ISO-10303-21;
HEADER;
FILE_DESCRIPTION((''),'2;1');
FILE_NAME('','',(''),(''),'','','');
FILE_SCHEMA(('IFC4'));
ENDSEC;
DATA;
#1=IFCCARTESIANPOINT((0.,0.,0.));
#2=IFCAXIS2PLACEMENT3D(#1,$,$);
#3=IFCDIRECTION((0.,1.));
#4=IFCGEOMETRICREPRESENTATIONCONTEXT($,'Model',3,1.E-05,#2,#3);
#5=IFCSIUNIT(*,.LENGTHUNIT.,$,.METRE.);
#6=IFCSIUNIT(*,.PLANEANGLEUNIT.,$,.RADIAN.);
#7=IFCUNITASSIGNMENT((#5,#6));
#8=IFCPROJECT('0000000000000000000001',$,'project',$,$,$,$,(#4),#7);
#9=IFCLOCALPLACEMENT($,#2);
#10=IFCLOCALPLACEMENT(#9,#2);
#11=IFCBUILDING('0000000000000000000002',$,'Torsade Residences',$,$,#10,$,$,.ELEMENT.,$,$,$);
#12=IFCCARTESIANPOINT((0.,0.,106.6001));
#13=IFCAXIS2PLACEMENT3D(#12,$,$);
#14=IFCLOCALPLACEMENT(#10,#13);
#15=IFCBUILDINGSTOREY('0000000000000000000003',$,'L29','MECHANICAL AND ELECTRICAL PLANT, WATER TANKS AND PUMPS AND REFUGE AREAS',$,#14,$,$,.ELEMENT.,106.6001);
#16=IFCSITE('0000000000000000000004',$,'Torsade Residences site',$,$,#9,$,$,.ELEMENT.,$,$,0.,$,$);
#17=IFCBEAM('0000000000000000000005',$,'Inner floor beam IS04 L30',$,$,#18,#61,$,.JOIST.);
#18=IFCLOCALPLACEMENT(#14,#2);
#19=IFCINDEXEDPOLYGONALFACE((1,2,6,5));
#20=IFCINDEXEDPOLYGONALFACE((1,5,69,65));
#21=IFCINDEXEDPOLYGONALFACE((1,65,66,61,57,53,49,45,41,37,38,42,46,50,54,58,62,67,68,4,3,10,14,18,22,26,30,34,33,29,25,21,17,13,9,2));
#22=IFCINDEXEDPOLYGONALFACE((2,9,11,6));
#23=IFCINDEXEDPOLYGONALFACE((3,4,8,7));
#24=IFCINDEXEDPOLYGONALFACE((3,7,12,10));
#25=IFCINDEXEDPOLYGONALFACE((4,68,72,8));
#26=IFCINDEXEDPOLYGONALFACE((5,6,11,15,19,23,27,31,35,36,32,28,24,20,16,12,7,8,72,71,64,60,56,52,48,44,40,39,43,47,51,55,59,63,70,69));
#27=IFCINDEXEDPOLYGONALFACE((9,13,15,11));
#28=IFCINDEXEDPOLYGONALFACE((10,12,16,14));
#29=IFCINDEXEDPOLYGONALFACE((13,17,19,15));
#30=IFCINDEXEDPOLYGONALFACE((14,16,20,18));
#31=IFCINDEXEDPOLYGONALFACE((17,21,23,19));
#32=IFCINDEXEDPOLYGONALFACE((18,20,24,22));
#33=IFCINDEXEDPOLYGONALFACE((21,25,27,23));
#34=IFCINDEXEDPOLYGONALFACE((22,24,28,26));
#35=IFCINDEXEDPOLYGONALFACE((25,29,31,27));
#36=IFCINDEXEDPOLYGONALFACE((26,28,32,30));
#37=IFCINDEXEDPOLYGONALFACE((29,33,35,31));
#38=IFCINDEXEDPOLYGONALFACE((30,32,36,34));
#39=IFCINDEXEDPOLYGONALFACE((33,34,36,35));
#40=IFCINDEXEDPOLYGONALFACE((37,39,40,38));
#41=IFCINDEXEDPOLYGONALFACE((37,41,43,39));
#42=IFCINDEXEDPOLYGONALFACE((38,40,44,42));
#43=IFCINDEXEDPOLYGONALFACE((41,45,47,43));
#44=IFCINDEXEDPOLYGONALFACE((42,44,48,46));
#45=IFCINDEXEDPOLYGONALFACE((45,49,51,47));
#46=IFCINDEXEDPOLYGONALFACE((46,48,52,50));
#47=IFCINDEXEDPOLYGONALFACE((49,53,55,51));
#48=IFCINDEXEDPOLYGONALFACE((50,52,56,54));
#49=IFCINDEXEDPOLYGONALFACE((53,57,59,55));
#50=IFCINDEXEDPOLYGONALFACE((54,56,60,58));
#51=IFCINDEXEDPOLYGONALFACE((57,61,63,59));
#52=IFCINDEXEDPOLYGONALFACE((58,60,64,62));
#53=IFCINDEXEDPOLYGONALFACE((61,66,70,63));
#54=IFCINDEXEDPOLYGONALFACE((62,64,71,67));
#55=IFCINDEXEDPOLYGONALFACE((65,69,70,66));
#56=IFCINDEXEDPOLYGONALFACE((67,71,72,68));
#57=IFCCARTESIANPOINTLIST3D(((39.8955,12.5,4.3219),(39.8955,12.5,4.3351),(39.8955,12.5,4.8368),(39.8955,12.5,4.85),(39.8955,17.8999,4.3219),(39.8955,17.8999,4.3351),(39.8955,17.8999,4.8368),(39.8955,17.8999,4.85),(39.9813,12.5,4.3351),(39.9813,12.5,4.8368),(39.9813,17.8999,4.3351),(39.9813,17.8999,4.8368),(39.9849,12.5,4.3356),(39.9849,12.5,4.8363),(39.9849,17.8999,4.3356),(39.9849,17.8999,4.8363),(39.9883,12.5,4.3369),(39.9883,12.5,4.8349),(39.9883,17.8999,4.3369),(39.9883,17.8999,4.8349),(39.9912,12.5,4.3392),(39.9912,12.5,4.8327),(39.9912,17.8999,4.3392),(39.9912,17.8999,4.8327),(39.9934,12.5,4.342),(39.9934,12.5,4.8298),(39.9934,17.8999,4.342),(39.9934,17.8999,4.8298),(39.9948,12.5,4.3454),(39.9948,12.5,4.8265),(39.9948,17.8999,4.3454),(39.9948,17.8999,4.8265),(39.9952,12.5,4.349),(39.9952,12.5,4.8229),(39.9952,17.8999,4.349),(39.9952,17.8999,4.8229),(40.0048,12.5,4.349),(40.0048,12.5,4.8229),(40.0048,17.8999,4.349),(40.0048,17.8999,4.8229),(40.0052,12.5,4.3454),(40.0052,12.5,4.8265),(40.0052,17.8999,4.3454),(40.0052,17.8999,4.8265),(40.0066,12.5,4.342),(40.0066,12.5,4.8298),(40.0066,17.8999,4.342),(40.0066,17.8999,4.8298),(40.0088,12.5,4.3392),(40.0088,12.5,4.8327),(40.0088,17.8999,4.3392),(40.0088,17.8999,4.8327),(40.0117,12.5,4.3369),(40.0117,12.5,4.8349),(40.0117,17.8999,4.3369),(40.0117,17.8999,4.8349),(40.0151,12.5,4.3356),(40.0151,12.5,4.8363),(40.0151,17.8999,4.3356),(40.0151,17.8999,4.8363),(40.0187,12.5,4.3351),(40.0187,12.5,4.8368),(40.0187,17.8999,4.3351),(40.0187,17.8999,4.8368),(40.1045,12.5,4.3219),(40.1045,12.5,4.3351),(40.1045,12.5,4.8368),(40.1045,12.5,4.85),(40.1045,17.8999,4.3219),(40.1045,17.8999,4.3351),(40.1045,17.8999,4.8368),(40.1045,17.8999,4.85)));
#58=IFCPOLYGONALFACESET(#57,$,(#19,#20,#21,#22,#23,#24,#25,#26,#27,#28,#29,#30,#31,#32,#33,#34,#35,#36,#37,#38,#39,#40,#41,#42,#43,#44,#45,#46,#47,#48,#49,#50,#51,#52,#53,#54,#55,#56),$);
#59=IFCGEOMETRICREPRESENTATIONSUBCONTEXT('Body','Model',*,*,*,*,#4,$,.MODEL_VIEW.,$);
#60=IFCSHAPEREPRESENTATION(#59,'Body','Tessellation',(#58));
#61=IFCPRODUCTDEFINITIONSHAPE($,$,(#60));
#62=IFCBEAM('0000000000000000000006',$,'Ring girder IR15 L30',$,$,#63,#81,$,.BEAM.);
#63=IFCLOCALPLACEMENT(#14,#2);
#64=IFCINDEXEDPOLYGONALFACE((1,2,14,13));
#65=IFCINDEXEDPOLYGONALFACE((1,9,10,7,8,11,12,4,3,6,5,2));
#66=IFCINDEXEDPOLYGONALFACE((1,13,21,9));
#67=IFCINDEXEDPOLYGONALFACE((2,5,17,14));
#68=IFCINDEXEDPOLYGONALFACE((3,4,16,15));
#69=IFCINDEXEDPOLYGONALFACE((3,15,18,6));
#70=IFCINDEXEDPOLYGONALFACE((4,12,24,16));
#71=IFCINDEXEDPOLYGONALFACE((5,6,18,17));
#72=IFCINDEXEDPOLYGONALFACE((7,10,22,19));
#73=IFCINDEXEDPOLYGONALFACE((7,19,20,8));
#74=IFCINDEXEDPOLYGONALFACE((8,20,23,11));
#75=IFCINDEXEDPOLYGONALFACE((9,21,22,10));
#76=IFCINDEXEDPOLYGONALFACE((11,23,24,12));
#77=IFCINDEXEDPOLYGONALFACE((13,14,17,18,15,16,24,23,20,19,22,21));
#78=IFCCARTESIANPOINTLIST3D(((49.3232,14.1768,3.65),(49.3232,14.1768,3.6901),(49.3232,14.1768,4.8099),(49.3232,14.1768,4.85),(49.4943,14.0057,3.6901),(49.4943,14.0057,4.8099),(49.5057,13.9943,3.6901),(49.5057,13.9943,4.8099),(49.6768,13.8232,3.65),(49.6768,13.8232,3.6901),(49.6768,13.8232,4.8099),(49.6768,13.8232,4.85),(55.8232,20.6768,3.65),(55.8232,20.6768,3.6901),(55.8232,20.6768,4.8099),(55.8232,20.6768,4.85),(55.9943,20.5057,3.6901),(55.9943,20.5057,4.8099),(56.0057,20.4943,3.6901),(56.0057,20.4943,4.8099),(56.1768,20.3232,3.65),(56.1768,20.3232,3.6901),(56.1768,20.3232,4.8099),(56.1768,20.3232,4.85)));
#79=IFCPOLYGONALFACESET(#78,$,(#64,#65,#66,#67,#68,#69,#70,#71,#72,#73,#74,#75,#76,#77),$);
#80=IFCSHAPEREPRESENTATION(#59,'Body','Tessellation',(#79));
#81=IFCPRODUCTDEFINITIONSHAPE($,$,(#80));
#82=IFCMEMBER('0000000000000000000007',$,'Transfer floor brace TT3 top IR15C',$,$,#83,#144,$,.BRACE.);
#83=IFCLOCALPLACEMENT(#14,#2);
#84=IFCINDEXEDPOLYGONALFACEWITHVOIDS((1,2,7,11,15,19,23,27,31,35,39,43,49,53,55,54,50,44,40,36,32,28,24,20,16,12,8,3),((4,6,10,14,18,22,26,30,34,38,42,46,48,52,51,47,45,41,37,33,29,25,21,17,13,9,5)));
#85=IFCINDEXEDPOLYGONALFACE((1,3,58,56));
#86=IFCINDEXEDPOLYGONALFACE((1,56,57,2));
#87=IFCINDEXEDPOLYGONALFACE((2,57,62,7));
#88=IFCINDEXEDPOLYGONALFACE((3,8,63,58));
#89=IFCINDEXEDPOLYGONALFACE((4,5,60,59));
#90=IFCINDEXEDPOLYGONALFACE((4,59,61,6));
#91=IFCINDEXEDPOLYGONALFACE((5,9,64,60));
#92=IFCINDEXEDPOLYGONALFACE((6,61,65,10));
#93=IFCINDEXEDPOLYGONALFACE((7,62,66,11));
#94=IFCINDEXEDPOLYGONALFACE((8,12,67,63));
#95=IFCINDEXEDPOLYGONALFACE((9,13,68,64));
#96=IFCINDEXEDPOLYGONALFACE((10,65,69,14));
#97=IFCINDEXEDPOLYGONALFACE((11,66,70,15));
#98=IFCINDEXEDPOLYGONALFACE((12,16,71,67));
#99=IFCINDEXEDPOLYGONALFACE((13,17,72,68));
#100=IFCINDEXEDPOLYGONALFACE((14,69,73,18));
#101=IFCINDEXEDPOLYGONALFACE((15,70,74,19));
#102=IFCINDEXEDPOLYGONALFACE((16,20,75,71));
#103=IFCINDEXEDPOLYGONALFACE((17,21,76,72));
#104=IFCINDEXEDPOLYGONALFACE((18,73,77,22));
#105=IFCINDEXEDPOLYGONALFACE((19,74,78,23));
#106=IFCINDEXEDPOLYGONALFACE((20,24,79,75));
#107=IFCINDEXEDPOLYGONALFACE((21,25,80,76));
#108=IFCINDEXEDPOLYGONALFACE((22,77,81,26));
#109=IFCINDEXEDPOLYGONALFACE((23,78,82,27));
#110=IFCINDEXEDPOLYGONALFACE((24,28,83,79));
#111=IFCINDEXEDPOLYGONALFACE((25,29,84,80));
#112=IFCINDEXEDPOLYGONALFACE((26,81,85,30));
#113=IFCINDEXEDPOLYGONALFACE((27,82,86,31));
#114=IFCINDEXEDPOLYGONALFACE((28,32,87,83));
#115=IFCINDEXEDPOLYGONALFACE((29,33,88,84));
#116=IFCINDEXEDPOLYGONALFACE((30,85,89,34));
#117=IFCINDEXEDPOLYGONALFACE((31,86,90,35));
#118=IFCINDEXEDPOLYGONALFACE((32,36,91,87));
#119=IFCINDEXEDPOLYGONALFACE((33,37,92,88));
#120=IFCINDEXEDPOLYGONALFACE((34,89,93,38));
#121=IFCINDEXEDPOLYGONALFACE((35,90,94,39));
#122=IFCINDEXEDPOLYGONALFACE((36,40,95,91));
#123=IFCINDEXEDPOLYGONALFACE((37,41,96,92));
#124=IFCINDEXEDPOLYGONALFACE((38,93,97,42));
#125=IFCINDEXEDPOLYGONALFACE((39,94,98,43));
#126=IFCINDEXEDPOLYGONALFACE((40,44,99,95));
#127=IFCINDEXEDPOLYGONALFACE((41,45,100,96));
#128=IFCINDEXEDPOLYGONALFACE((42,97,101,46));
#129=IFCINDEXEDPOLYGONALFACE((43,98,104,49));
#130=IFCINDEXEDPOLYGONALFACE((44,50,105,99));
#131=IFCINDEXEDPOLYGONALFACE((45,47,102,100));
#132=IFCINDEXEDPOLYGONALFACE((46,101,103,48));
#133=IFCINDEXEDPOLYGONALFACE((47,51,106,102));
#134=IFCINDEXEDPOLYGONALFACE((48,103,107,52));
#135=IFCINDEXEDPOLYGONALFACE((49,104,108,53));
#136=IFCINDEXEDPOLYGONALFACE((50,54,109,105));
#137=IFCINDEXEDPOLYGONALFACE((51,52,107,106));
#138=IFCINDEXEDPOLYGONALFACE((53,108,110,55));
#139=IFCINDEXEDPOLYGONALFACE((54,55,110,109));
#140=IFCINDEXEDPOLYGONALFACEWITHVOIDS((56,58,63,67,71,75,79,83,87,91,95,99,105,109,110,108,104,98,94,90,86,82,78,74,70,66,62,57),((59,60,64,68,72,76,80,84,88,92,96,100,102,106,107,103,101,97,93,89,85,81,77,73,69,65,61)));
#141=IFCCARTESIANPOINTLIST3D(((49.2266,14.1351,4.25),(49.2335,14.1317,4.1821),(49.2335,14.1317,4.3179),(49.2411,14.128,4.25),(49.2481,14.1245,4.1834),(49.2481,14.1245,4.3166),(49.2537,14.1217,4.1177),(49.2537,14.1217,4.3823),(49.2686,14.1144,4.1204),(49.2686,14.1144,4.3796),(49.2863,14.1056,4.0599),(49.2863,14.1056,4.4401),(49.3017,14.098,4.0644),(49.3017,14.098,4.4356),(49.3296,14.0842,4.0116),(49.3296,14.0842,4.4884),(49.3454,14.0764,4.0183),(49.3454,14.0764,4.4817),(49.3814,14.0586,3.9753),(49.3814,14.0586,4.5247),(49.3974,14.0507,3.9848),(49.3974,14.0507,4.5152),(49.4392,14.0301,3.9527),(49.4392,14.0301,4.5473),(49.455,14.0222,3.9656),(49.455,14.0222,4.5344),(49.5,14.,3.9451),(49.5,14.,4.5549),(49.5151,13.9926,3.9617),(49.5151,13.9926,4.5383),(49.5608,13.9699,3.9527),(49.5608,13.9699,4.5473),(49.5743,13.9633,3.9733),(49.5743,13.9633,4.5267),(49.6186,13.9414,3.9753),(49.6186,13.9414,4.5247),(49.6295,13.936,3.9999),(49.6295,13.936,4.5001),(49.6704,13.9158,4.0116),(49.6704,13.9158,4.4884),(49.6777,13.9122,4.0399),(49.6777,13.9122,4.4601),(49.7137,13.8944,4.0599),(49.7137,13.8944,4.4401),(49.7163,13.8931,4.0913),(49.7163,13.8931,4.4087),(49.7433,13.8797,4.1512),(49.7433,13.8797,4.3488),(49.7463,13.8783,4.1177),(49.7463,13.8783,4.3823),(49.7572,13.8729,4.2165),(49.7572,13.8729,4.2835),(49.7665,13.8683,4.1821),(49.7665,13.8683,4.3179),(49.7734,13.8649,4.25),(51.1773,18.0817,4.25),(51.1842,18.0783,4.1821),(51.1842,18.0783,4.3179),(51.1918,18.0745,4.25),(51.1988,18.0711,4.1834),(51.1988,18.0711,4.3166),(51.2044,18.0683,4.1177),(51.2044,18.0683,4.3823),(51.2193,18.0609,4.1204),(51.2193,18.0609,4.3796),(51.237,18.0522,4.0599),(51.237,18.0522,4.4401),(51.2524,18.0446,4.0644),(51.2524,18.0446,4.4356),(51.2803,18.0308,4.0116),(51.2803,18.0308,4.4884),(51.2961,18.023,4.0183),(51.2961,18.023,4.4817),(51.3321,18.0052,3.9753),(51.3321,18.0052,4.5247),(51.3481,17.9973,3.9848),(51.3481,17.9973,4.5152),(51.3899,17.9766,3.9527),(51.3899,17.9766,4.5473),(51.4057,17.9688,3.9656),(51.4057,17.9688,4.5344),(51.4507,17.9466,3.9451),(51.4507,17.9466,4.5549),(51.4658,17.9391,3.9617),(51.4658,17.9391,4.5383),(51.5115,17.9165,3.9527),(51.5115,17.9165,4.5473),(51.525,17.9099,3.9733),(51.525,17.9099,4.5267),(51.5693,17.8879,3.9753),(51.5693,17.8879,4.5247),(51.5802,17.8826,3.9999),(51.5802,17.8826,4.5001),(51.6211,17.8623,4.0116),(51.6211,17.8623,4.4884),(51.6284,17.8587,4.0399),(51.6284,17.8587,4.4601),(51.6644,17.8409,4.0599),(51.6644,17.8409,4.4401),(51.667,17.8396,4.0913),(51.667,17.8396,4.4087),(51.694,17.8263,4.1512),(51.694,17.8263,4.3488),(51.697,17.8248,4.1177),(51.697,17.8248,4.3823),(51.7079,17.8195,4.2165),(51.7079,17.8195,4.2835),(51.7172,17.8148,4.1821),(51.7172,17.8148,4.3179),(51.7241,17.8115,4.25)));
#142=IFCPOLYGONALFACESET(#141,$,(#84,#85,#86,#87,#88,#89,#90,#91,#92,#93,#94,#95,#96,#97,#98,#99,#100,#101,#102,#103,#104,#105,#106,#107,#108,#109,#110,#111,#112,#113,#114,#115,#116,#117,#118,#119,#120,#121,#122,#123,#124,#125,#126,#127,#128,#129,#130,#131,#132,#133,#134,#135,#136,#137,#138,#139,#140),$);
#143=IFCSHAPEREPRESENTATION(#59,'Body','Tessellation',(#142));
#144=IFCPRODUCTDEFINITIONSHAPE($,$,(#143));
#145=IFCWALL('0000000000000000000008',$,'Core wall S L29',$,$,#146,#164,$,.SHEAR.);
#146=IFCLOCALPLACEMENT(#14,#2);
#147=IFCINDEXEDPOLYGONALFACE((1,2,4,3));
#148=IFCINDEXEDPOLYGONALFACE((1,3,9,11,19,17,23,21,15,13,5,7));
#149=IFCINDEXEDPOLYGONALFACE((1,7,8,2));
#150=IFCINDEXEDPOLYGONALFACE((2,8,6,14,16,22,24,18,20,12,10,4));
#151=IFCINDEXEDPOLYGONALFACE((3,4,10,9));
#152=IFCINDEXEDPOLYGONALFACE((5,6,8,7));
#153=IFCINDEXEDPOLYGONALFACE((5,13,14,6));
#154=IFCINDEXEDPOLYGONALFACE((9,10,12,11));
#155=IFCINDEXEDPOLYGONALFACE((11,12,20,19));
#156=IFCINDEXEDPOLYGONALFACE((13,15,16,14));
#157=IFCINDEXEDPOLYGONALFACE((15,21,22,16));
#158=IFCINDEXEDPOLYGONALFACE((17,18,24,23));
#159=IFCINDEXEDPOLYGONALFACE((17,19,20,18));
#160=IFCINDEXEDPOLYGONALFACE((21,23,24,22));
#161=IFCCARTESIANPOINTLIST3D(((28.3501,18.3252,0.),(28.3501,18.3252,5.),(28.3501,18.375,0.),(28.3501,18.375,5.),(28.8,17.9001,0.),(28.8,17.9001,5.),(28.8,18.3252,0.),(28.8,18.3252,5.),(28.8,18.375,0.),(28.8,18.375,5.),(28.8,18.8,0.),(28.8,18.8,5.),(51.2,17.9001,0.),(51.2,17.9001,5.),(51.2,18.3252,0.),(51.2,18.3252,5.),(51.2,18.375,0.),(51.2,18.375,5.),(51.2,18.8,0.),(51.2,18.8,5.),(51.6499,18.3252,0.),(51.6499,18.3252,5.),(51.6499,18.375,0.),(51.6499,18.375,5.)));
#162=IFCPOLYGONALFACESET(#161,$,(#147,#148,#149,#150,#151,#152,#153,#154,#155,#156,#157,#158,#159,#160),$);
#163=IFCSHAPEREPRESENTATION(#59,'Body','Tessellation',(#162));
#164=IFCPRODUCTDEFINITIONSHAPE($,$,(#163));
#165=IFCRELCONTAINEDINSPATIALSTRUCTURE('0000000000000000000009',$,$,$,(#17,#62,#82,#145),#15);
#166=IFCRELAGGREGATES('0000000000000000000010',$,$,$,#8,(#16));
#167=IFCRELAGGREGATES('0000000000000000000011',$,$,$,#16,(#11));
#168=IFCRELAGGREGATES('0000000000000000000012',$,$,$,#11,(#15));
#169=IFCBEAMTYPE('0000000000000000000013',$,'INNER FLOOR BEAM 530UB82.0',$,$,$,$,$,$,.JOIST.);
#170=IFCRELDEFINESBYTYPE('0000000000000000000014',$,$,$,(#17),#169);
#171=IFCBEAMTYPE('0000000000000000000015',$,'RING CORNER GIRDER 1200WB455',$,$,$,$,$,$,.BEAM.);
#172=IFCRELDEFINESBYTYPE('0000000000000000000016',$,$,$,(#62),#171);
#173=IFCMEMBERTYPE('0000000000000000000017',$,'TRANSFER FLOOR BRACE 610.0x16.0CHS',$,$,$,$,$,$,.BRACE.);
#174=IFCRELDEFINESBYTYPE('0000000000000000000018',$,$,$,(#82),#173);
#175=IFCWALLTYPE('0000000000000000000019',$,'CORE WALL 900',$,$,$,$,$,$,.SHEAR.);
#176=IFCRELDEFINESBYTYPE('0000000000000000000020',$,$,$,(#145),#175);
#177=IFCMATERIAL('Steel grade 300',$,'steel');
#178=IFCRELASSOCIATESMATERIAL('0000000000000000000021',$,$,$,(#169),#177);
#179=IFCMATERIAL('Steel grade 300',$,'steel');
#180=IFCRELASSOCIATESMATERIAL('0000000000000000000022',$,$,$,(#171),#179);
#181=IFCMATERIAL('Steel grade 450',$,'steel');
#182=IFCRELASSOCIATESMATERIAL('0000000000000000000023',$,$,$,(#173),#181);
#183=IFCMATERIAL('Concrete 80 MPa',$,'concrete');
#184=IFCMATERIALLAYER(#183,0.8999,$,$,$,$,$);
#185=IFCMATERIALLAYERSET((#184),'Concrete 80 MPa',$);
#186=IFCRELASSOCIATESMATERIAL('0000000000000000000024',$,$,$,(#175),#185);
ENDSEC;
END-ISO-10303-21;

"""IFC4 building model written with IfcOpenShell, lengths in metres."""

from ifc_helpers import new_model, si_unit, direction, frame, origin, origin_2d, place, context, subcontext, project, spatial, polyline, hollow_circle, i_section, outline, extrude, material, layer, layer_set, material_profile, profile_set, type_object, element, save


model = new_model("IFC4")

# Units and contexts
model_context = context("Model", 3, precision=1e-05, world=origin(), true_north=direction((0.0, 1.0)))
body_context = subcontext(model_context, "Body", "Model", "MODEL_VIEW")
ifc_project = project(units=[si_unit("LENGTHUNIT", "METRE"), si_unit("PLANEANGLEUNIT", "RADIAN")], contexts=[model_context])

# Site, building, storey
site_placement = place(None, origin())
site = spatial("IfcSite", under=ifc_project, at=site_placement, Name="Torsade Residences site", CompositionType="ELEMENT", RefElevation=0.0)
building_placement = place(site_placement, origin())
building = spatial("IfcBuilding", under=site, at=building_placement, Name="Torsade Residences", CompositionType="ELEMENT")
storey_placement = place(building_placement, frame((0.0, 0.0, 106.6001)))
storey = spatial("IfcBuildingStorey", under=building, at=storey_placement, Name="L29", Description="MECHANICAL AND ELECTRICAL PLANT, WATER TANKS AND PUMPS AND REFUGE AREAS", CompositionType="ELEMENT", Elevation=106.6001)

# Beams
ifc_material_1 = material(Name="Steel grade 300", Category="steel")
ifc_material_profile_1 = material_profile(ifc_material_1, i_section(OverallWidth=0.209, OverallDepth=0.5281, WebThickness=0.0095, FlangeThickness=0.0132, FilletRadius=0.0139, at=origin_2d()), Name="530UB82.0")
ifc_profile_set_1 = profile_set([ifc_material_profile_1], Name="Steel grade 300")
beam_type_1 = type_object("IfcBeamType", Name="INNER FLOOR BEAM 530UB82.0", PredefinedType="JOIST", material=ifc_profile_set_1)
for number, where, z_axis, x_axis, name in (
    (1, (40.0, 17.8999, 4.5859), (0.0, -1.0, 0.0), (1.0, 0.0, 0.0), "Inner floor beam IS04 L30"),
):
    element("IfcBeam", number, at=place(storey_placement, frame(where, z_axis=z_axis, x_axis=x_axis)), inside=storey, type_object=beam_type_1, Name=name, PredefinedType="JOIST", context=body_context, shape_type="SweptSolid", body=[
        extrude(i_section(OverallWidth=0.209, OverallDepth=0.5281, WebThickness=0.0095, FlangeThickness=0.0132, FilletRadius=0.0139, at=origin_2d()), origin(), (0.0, 0.0, 1.0), 5.3999),
    ])
ifc_material_2 = material(Name="Steel grade 300", Category="steel")
ifc_material_profile_2 = material_profile(ifc_material_2, i_section(OverallWidth=0.5, OverallDepth=1.2, WebThickness=0.0161, FlangeThickness=0.04, at=origin_2d()), Name="1200WB455")
ifc_profile_set_2 = profile_set([ifc_material_profile_2], Name="Steel grade 300")
beam_type_2 = type_object("IfcBeamType", Name="RING CORNER GIRDER 1200WB455", PredefinedType="BEAM", material=ifc_profile_set_2)
beam_1_placement = place(storey_placement, frame((49.5, 14.0, 4.25), z_axis=(0.707107, 0.707107, 0.0), x_axis=(-0.707107, 0.707107, 0.0)))
element("IfcBeam", 2, at=beam_1_placement, inside=storey, type_object=beam_type_2, Name="Ring girder IR15 L30", PredefinedType="BEAM", context=body_context, shape_type="SweptSolid", body=[
    extrude(i_section(OverallWidth=0.5, OverallDepth=1.2, WebThickness=0.0161, FlangeThickness=0.04, at=origin_2d()), origin(), (0.0, 0.0, 1.0), 9.1924),
])

# Member
ifc_material_3 = material(Name="Steel grade 450", Category="steel")
ifc_material_profile_3 = material_profile(ifc_material_3, hollow_circle(Radius=0.3049, WallThickness=0.0161, at=origin_2d()), Name="610.0x16.0CHS")
ifc_profile_set_3 = profile_set([ifc_material_profile_3], Name="Steel grade 450")
member_type = type_object("IfcMemberType", Name="TRANSFER FLOOR BRACE 610.0x16.0CHS", PredefinedType="BRACE", material=ifc_profile_set_3)
member_placement = place(storey_placement, frame((49.5, 14.0, 4.25), z_axis=(0.443105, 0.89647, 0.0), x_axis=(-0.89647, 0.443105, 0.0)))
element("IfcMember", 3, at=member_placement, inside=storey, type_object=member_type, Name="Transfer floor brace TT3 top IR15C", PredefinedType="BRACE", context=body_context, shape_type="SweptSolid", body=[
    extrude(hollow_circle(Radius=0.3049, WallThickness=0.0161, at=origin_2d()), origin(), (0.0, 0.0, 1.0), 4.4023),
])

# Wall
ifc_material_4 = material(Name="Concrete 80 MPa", Category="concrete")
ifc_layer_1 = layer(ifc_material_4, 0.8999)
ifc_layer_set_1 = layer_set([ifc_layer_1], Name="Concrete 80 MPa")
wall_type_1 = type_object("IfcWallType", Name="CORE WALL 900", PredefinedType="SHEAR", material=ifc_layer_set_1)
wall_1_placement = place(storey_placement, frame((51.2, 18.3501, 0.0), z_axis=(0.0, 0.0, 1.0), x_axis=(-1.0, 0.0, 0.0)))
element("IfcWall", 4, at=wall_1_placement, inside=storey, type_object=wall_type_1, Name="Core wall S L29", PredefinedType="SHEAR", context=body_context, shape_type="SweptSolid", body=[
    extrude(outline(polyline([(0.0, -0.45), (22.3999, -0.45), (22.3999, -0.0249), (22.8499, -0.0249), (22.8499, 0.0249), (22.3999, 0.0249), (22.3999, 0.45), (0.0, 0.45), (0.0, 0.0249), (-0.45, 0.0249), (-0.45, -0.0249), (0.0, -0.0249), (0.0, -0.45)])), origin(), (0.0, 0.0, 1.0), 5.0),
])

save(model, "model.ifc")
